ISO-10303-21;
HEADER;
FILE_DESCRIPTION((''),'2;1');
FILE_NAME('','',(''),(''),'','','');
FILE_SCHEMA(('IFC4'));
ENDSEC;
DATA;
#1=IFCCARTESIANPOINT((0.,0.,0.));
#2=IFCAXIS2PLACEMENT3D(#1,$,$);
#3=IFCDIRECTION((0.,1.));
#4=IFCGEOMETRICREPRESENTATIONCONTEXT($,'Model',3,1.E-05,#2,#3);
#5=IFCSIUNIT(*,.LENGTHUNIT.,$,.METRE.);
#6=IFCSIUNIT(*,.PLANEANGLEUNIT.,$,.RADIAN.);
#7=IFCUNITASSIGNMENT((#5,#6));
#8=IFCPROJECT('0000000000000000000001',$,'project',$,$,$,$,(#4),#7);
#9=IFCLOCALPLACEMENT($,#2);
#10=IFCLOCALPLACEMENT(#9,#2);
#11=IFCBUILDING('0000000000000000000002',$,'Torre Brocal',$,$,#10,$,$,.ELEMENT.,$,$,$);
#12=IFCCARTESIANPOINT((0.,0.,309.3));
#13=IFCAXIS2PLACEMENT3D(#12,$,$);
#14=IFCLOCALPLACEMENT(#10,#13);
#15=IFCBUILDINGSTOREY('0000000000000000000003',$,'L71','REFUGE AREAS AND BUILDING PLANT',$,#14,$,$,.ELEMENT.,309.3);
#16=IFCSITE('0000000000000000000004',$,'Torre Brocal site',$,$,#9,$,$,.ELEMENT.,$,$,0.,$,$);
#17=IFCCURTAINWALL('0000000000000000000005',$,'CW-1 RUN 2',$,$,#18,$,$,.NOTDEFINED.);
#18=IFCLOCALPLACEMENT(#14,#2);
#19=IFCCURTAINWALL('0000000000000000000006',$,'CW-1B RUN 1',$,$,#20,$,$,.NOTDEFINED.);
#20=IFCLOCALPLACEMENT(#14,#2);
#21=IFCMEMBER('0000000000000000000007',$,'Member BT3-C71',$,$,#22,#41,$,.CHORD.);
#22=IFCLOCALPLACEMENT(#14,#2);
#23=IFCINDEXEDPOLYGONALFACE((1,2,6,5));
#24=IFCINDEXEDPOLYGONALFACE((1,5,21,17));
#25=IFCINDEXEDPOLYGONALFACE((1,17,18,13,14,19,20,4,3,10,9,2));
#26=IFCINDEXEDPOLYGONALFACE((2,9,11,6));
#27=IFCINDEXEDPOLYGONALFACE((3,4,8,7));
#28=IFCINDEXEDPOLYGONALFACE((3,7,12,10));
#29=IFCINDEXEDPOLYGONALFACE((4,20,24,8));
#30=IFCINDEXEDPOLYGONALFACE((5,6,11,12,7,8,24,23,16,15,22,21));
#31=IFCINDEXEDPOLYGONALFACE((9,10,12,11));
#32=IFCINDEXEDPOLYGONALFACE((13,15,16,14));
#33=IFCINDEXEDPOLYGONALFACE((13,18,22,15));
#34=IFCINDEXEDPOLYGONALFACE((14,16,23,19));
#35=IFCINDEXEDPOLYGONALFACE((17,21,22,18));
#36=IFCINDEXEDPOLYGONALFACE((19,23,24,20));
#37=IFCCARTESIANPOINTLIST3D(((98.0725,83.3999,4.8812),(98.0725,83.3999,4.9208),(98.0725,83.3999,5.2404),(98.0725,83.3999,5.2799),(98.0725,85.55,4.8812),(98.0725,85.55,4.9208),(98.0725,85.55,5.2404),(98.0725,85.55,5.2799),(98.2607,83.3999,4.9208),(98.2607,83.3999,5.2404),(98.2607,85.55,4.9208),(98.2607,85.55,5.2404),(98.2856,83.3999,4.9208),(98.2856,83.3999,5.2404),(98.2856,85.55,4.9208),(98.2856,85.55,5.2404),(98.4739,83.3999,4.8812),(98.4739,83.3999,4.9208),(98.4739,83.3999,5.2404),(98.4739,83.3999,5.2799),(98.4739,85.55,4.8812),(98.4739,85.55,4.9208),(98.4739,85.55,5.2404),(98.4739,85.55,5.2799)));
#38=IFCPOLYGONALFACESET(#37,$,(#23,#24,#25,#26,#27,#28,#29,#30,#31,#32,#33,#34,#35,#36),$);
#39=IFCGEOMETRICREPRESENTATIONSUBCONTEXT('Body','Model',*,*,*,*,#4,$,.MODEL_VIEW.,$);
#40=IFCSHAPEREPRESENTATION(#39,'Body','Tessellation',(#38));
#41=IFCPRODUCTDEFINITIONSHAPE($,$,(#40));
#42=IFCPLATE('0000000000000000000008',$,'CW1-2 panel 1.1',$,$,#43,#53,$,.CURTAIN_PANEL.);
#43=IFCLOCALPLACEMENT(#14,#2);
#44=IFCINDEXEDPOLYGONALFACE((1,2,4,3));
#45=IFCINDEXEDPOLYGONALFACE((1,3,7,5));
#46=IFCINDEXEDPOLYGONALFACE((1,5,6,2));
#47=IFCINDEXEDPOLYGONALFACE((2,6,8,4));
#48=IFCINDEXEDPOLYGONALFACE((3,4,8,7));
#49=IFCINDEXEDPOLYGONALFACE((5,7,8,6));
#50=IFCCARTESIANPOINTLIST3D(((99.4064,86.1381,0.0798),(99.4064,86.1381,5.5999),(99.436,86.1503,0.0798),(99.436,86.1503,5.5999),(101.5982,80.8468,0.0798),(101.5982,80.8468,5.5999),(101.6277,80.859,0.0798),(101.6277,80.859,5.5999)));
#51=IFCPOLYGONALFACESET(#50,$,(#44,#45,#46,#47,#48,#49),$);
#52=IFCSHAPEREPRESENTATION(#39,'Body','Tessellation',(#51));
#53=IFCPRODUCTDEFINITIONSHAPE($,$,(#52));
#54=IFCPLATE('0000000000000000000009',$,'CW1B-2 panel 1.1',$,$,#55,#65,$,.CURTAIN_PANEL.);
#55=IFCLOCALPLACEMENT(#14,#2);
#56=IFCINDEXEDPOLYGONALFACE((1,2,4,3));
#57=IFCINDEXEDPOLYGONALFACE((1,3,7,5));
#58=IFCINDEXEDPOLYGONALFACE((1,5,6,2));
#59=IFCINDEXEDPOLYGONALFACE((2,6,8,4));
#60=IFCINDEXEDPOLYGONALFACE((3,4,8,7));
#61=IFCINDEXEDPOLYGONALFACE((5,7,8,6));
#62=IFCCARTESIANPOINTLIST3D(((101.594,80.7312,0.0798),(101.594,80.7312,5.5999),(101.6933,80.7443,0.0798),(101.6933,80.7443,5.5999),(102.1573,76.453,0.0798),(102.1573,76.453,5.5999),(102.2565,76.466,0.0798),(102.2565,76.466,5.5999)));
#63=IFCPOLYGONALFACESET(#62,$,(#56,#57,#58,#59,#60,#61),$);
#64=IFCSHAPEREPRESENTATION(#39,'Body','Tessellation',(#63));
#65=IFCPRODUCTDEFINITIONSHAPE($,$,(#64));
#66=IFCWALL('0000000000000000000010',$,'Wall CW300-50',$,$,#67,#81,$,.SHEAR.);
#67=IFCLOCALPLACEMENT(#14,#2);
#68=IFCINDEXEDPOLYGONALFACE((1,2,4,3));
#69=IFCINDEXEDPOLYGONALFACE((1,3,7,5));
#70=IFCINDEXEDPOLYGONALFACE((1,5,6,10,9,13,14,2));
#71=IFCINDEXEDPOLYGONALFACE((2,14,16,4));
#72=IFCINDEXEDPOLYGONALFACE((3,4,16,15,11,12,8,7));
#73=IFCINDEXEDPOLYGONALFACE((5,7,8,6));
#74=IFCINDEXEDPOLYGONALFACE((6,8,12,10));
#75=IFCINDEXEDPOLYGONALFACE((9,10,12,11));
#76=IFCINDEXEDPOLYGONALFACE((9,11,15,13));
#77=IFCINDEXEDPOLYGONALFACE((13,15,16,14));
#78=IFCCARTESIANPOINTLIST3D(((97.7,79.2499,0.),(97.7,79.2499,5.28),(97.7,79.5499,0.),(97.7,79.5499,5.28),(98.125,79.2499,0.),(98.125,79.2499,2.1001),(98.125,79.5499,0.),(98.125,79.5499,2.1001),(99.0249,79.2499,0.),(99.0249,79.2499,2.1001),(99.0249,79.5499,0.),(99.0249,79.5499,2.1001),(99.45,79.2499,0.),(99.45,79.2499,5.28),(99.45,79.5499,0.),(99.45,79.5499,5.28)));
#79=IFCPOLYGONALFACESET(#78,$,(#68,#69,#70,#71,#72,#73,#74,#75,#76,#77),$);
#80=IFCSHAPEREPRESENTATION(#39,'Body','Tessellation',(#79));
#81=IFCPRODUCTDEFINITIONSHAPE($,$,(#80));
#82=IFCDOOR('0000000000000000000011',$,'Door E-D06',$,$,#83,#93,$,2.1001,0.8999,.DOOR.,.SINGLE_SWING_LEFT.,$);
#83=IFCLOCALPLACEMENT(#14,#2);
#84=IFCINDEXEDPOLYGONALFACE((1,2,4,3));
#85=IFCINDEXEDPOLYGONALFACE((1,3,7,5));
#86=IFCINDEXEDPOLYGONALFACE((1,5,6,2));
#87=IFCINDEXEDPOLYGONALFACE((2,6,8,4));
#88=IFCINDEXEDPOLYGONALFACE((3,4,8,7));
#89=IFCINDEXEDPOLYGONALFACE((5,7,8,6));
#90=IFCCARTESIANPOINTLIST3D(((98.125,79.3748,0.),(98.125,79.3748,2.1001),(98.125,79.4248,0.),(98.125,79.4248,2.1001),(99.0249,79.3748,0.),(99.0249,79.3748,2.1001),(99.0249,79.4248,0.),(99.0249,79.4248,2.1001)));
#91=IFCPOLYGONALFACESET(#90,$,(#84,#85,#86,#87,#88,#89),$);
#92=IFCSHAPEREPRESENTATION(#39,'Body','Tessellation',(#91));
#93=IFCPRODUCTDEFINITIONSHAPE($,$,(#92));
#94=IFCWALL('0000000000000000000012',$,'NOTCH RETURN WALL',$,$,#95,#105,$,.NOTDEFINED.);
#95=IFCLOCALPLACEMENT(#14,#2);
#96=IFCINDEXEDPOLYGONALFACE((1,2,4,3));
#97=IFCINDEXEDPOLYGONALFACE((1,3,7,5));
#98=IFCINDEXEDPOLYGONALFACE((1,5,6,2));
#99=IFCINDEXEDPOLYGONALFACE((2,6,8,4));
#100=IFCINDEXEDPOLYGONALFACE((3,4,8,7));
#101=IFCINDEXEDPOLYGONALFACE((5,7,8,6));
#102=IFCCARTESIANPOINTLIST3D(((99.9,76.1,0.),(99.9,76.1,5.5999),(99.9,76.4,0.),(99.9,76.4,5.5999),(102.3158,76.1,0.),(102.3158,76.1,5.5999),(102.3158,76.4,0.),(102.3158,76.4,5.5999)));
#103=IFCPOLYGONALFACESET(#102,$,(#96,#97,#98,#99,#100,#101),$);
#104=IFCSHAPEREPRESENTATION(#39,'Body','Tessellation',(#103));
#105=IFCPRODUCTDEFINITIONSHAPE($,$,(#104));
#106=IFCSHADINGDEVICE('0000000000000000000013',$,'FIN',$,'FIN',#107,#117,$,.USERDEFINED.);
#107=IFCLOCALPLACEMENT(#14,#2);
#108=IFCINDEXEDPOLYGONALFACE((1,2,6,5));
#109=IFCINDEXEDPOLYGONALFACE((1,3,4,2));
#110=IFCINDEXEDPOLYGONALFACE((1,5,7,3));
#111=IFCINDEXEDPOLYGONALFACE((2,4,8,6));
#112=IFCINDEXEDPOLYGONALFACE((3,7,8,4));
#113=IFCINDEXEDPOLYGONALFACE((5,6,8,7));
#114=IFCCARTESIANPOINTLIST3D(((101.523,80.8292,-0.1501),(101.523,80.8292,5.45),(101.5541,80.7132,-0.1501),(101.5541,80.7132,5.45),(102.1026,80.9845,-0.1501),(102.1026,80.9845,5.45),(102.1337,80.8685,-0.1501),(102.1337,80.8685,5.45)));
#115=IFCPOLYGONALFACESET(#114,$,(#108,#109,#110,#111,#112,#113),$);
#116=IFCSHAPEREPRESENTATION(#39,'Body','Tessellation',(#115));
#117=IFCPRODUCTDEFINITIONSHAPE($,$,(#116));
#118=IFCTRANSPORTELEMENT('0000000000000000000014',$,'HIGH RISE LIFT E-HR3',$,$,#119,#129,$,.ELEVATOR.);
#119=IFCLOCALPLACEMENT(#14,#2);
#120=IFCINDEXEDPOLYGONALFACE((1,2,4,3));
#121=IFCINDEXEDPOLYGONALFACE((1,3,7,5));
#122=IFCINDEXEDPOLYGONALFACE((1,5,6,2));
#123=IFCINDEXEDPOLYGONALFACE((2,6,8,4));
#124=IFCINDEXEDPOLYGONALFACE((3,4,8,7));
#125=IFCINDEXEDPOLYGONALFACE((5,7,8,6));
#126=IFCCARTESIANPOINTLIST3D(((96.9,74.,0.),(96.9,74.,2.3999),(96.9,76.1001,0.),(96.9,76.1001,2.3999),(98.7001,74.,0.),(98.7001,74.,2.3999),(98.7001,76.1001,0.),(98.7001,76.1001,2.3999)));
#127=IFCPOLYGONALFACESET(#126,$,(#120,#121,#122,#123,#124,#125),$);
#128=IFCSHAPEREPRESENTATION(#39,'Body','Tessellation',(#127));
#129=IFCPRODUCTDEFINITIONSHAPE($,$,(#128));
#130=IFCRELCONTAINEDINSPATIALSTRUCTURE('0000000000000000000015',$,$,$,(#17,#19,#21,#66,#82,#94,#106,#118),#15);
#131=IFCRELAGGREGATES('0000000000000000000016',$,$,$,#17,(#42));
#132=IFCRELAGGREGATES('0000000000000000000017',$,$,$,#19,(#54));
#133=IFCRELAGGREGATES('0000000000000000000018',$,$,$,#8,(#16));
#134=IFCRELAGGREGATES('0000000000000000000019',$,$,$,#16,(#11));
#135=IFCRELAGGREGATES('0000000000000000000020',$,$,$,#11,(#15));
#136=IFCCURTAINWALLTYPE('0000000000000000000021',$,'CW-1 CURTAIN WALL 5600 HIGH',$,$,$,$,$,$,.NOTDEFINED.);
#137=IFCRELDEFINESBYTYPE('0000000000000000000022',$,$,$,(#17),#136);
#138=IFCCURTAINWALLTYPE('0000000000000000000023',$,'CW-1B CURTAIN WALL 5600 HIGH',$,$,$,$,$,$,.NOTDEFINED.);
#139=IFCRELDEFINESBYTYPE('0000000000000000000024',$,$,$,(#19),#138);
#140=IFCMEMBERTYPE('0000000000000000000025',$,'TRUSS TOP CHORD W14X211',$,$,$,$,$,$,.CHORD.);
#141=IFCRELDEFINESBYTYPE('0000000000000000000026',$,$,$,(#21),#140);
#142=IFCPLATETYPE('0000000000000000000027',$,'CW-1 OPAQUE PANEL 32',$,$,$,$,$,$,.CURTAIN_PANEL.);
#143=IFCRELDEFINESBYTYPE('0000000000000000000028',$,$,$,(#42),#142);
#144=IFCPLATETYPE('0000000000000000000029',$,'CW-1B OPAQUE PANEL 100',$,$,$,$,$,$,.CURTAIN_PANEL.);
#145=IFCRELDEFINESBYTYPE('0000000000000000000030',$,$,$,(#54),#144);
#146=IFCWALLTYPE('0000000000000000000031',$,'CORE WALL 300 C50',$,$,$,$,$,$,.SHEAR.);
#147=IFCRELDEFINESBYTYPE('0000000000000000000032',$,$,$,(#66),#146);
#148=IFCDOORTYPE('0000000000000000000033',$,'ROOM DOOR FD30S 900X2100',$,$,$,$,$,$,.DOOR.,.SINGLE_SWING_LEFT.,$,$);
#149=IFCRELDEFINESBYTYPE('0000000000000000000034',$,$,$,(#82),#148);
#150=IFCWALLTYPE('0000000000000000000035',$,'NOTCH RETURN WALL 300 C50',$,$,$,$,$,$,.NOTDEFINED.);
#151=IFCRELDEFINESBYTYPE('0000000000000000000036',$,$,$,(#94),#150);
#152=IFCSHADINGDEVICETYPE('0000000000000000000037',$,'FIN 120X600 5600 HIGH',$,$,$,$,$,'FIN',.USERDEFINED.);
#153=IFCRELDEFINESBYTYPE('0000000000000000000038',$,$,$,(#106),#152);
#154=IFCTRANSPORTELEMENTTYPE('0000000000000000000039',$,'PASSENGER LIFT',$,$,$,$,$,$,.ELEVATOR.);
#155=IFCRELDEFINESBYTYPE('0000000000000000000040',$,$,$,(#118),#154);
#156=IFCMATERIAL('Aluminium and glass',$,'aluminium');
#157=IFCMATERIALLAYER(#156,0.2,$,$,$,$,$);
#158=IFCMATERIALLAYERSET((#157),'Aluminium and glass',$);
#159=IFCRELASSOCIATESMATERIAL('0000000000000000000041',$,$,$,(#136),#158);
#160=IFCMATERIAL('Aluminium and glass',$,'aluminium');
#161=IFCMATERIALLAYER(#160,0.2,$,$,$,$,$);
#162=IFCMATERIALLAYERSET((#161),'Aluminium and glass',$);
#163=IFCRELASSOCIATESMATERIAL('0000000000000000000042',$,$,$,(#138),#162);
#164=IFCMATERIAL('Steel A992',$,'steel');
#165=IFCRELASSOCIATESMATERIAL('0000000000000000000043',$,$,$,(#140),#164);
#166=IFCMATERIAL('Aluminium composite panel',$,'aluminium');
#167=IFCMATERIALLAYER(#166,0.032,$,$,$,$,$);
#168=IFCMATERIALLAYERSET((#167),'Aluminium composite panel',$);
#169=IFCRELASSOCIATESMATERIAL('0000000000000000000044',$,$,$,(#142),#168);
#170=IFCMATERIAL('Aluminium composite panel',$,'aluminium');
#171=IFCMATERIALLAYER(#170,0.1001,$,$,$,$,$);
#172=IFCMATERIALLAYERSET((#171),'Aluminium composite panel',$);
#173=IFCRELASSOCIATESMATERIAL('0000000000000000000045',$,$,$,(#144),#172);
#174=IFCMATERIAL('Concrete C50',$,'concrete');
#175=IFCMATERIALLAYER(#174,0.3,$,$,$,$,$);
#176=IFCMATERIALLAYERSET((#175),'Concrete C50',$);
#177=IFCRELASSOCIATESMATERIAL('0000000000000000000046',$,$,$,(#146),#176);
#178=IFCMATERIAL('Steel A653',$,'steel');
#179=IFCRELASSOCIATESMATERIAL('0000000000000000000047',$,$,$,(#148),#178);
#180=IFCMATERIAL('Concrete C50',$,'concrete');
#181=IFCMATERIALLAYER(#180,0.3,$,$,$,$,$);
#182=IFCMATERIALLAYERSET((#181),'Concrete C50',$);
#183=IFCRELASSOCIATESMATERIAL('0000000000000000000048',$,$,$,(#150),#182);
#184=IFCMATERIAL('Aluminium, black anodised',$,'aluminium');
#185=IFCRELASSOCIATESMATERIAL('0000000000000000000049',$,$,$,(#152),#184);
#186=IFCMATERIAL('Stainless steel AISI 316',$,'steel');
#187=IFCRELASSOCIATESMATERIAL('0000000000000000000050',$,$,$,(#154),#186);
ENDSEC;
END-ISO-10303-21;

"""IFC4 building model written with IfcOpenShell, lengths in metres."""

from ifc_helpers import new_model, si_unit, direction, frame, frame_2d, origin, origin_2d, place, context, subcontext, project, spatial, rectangle, i_section, extrude, material, layer, layer_set, material_profile, profile_set, type_object, element, fill, aggregate, save


model = new_model("IFC4")

# Units and contexts
model_context = context("Model", 3, precision=1e-05, world=origin(), true_north=direction((0.0, 1.0)))
body_context = subcontext(model_context, "Body", "Model", "MODEL_VIEW")
ifc_project = project(units=[si_unit("LENGTHUNIT", "METRE"), si_unit("PLANEANGLEUNIT", "RADIAN")], contexts=[model_context])

# Site, building, storey
site_placement = place(None, origin())
site = spatial("IfcSite", under=ifc_project, at=site_placement, Name="Torre Brocal site", CompositionType="ELEMENT", RefElevation=0.0)
building_placement = place(site_placement, origin())
building = spatial("IfcBuilding", under=site, at=building_placement, Name="Torre Brocal", CompositionType="ELEMENT")
storey_placement = place(building_placement, frame((0.0, 0.0, 309.3)))
storey = spatial("IfcBuildingStorey", under=building, at=storey_placement, Name="L71", Description="REFUGE AREAS AND BUILDING PLANT", CompositionType="ELEMENT", Elevation=309.3)

# Curtain walls
ifc_material_1 = material(Name="Aluminium and glass", Category="aluminium")
ifc_layer_1 = layer(ifc_material_1, 0.2)
ifc_layer_set_1 = layer_set([ifc_layer_1], Name="Aluminium and glass")
curtain_wall_type_1 = type_object("IfcCurtainWallType", Name="CW-1 CURTAIN WALL 5600 HIGH", PredefinedType="NOTDEFINED", material=ifc_layer_set_1)
curtain_wall_1_placement = place(storey_placement, origin())
curtain_wall_1 = element("IfcCurtainWall", 1, at=curtain_wall_1_placement, inside=storey, type_object=curtain_wall_type_1, Name="CW-1 RUN 2", PredefinedType="NOTDEFINED")
ifc_material_2 = material(Name="Aluminium and glass", Category="aluminium")
ifc_layer_2 = layer(ifc_material_2, 0.2)
ifc_layer_set_2 = layer_set([ifc_layer_2], Name="Aluminium and glass")
curtain_wall_type_2 = type_object("IfcCurtainWallType", Name="CW-1B CURTAIN WALL 5600 HIGH", PredefinedType="NOTDEFINED", material=ifc_layer_set_2)
curtain_wall_2_placement = place(storey_placement, origin())
curtain_wall_2 = element("IfcCurtainWall", 2, at=curtain_wall_2_placement, inside=storey, type_object=curtain_wall_type_2, Name="CW-1B RUN 1", PredefinedType="NOTDEFINED")

# Member
ifc_material_3 = material(Name="Steel A992", Category="steel")
ifc_material_profile_1 = material_profile(ifc_material_3, i_section(OverallWidth=0.4014, OverallDepth=0.3987, WebThickness=0.0249, FlangeThickness=0.0396, at=origin_2d()), Name="W14X211")
ifc_profile_set_1 = profile_set([ifc_material_profile_1], Name="Steel A992")
member_type_1 = type_object("IfcMemberType", Name="TRUSS TOP CHORD W14X211", PredefinedType="CHORD", material=ifc_profile_set_1)
member_1_placement = place(storey_placement, frame((98.2732, 85.55, 5.0806), z_axis=(0.0, -1.0, 0.0), x_axis=(1.0, 0.0, 0.0)))
element("IfcMember", 3, at=member_1_placement, inside=storey, type_object=member_type_1, Name="Member BT3-C71", PredefinedType="CHORD", context=body_context, shape_type="SweptSolid", body=[
    extrude(i_section(OverallWidth=0.4014, OverallDepth=0.3987, WebThickness=0.0249, FlangeThickness=0.0396, at=origin_2d()), origin(), (0.0, 0.0, 1.0), 2.1501),
])

# Plates
ifc_material_4 = material(Name="Aluminium composite panel", Category="aluminium")
ifc_layer_3 = layer(ifc_material_4, 0.032)
ifc_layer_set_3 = layer_set([ifc_layer_3], Name="Aluminium composite panel")
plate_type_1 = type_object("IfcPlateType", Name="CW-1 OPAQUE PANEL 32", PredefinedType="CURTAIN_PANEL", material=ifc_layer_set_3)
plate_1_placement = place(storey_placement, frame((100.5171, 83.4985, 0.0798), z_axis=(0.0, 0.0, 1.0), x_axis=(-0.382683, 0.92388, 0.0)))
plate_1 = element("IfcPlate", 4, at=plate_1_placement, type_object=plate_type_1, Name="CW1-2 panel 1.1", PredefinedType="CURTAIN_PANEL", context=body_context, shape_type="SweptSolid", body=[
    extrude(rectangle(XDim=5.7273, YDim=0.032, at=origin_2d()), origin(), (0.0, 0.0, 1.0), 5.52),
])
aggregate(curtain_wall_1, [plate_1])
ifc_material_5 = material(Name="Aluminium composite panel", Category="aluminium")
ifc_layer_4 = layer(ifc_material_5, 0.1001)
ifc_layer_set_4 = layer_set([ifc_layer_4], Name="Aluminium composite panel")
plate_type_2 = type_object("IfcPlateType", Name="CW-1B OPAQUE PANEL 100", PredefinedType="CURTAIN_PANEL", material=ifc_layer_set_4)
plate_2_placement = place(storey_placement, frame((101.9253, 78.5986, 0.0798), z_axis=(0.0, 0.0, 1.0), x_axis=(-0.130526, 0.991445, 0.0)))
plate_2 = element("IfcPlate", 5, at=plate_2_placement, type_object=plate_type_2, Name="CW1B-2 panel 1.1", PredefinedType="CURTAIN_PANEL", context=body_context, shape_type="SweptSolid", body=[
    extrude(rectangle(XDim=4.3152, YDim=0.1001, at=origin_2d()), origin(), (0.0, 0.0, 1.0), 5.52),
])
aggregate(curtain_wall_2, [plate_2])

# Wall, opening, door
ifc_material_6 = material(Name="Concrete C50", Category="concrete")
ifc_layer_5 = layer(ifc_material_6, 0.3)
ifc_layer_set_5 = layer_set([ifc_layer_5], Name="Concrete C50")
wall_type_1 = type_object("IfcWallType", Name="CORE WALL 300 C50", PredefinedType="SHEAR", material=ifc_layer_set_5)
wall_1_placement = place(storey_placement, frame((97.7, 79.3999, 0.0), z_axis=(0.0, 0.0, 1.0), x_axis=(1.0, 0.0, 0.0)))
wall_1 = element("IfcWall", 6, at=wall_1_placement, inside=storey, type_object=wall_type_1, Name="Wall CW300-50", PredefinedType="SHEAR", context=body_context, shape_type="SweptSolid", body=[
    extrude(rectangle(XDim=1.75, YDim=0.3, at=frame_2d((0.875, 0.0))), origin(), (0.0, 0.0, 1.0), 5.28),
])
opening_placement = place(wall_1_placement, frame((0.425, 0.0, 0.0)))
opening = element("IfcOpeningElement", 7, at=opening_placement, cuts=wall_1, PredefinedType="OPENING", context=body_context, shape_type="SweptSolid", body=[
    extrude(rectangle(XDim=0.8999, YDim=2.1001, at=frame_2d((0.45, 1.05))), frame((0.0, 0.1599, 0.0), z_axis=(0.0, -1.0, 0.0), x_axis=(1.0, 0.0, 0.0)), (0.0, 0.0, 1.0), 0.3201),
])
ifc_material_7 = material(Name="Steel A653", Category="steel")
door_type = type_object("IfcDoorType", Name="ROOM DOOR FD30S 900X2100", OperationType="SINGLE_SWING_LEFT", PredefinedType="DOOR", material=ifc_material_7)
door_placement = place(opening_placement, origin())
door = element("IfcDoor", 8, at=door_placement, inside=storey, type_object=door_type, Name="Door E-D06", OperationType="SINGLE_SWING_LEFT", OverallHeight=2.1001, OverallWidth=0.8999, PredefinedType="DOOR", context=body_context, shape_type="SweptSolid", body=[
    extrude(rectangle(XDim=0.8999, YDim=2.1001, at=frame_2d((0.45, 1.05))), frame((0.0, 0.0249, 0.0), z_axis=(0.0, -1.0, 0.0), x_axis=(1.0, 0.0, 0.0)), (0.0, 0.0, 1.0), 0.05),
])
fill(opening, door)

# Wall
ifc_material_8 = material(Name="Concrete C50", Category="concrete")
ifc_layer_6 = layer(ifc_material_8, 0.3)
ifc_layer_set_6 = layer_set([ifc_layer_6], Name="Concrete C50")
wall_type_2 = type_object("IfcWallType", Name="NOTCH RETURN WALL 300 C50", PredefinedType="NOTDEFINED", material=ifc_layer_set_6)
wall_2_placement = place(storey_placement, frame((99.8999, 76.25, 0.0), z_axis=(0.0, 0.0, 1.0), x_axis=(1.0, 0.0, 0.0)))
element("IfcWall", 9, at=wall_2_placement, inside=storey, type_object=wall_type_2, Name="NOTCH RETURN WALL", PredefinedType="NOTDEFINED", context=body_context, shape_type="SweptSolid", body=[
    extrude(rectangle(XDim=2.4158, YDim=0.3, at=frame_2d((1.208, 0.0))), origin(), (0.0, 0.0, 1.0), 5.5999),
])

# Shading device
ifc_material_9 = material(Name="Aluminium, black anodised", Category="aluminium")
ifc_material_profile_2 = material_profile(ifc_material_9, rectangle(XDim=0.1201, YDim=0.6001, at=origin_2d()), Name="FIN 120X600 5600 HIGH")
ifc_profile_set_2 = profile_set([ifc_material_profile_2], Name="Aluminium, black anodised")
shading_device_type = type_object("IfcShadingDeviceType", Name="FIN 120X600 5600 HIGH", ElementType="FIN", PredefinedType="USERDEFINED", material=ifc_profile_set_2)
shading_device_placement = place(storey_placement, frame((101.8284, 80.8489, -0.1501), z_axis=(0.0, 0.0, 1.0), x_axis=(-0.258819, 0.965926, 0.0)))
element("IfcShadingDevice", 10, at=shading_device_placement, inside=storey, type_object=shading_device_type, Name="FIN", ObjectType="FIN", PredefinedType="USERDEFINED", context=body_context, shape_type="SweptSolid", body=[
    extrude(rectangle(XDim=0.1201, YDim=0.6001, at=origin_2d()), origin(), (0.0, 0.0, 1.0), 5.6001),
])

# Transport element
ifc_material_10 = material(Name="Stainless steel AISI 316", Category="steel")
transport_element_type = type_object("IfcTransportElementType", Name="PASSENGER LIFT", PredefinedType="ELEVATOR", material=ifc_material_10)
transport_element_placement = place(storey_placement, frame((97.8, 75.05, 0.0), z_axis=(0.0, 0.0, 1.0), x_axis=(1.0, 0.0, 0.0)))
element("IfcTransportElement", 11, at=transport_element_placement, inside=storey, type_object=transport_element_type, Name="HIGH RISE LIFT E-HR3", PredefinedType="ELEVATOR", context=body_context, shape_type="SweptSolid", body=[
    extrude(rectangle(XDim=1.8, YDim=2.1001, at=origin_2d()), origin(), (0.0, 0.0, 1.0), 2.3999),
])

save(model, "model.ifc")
